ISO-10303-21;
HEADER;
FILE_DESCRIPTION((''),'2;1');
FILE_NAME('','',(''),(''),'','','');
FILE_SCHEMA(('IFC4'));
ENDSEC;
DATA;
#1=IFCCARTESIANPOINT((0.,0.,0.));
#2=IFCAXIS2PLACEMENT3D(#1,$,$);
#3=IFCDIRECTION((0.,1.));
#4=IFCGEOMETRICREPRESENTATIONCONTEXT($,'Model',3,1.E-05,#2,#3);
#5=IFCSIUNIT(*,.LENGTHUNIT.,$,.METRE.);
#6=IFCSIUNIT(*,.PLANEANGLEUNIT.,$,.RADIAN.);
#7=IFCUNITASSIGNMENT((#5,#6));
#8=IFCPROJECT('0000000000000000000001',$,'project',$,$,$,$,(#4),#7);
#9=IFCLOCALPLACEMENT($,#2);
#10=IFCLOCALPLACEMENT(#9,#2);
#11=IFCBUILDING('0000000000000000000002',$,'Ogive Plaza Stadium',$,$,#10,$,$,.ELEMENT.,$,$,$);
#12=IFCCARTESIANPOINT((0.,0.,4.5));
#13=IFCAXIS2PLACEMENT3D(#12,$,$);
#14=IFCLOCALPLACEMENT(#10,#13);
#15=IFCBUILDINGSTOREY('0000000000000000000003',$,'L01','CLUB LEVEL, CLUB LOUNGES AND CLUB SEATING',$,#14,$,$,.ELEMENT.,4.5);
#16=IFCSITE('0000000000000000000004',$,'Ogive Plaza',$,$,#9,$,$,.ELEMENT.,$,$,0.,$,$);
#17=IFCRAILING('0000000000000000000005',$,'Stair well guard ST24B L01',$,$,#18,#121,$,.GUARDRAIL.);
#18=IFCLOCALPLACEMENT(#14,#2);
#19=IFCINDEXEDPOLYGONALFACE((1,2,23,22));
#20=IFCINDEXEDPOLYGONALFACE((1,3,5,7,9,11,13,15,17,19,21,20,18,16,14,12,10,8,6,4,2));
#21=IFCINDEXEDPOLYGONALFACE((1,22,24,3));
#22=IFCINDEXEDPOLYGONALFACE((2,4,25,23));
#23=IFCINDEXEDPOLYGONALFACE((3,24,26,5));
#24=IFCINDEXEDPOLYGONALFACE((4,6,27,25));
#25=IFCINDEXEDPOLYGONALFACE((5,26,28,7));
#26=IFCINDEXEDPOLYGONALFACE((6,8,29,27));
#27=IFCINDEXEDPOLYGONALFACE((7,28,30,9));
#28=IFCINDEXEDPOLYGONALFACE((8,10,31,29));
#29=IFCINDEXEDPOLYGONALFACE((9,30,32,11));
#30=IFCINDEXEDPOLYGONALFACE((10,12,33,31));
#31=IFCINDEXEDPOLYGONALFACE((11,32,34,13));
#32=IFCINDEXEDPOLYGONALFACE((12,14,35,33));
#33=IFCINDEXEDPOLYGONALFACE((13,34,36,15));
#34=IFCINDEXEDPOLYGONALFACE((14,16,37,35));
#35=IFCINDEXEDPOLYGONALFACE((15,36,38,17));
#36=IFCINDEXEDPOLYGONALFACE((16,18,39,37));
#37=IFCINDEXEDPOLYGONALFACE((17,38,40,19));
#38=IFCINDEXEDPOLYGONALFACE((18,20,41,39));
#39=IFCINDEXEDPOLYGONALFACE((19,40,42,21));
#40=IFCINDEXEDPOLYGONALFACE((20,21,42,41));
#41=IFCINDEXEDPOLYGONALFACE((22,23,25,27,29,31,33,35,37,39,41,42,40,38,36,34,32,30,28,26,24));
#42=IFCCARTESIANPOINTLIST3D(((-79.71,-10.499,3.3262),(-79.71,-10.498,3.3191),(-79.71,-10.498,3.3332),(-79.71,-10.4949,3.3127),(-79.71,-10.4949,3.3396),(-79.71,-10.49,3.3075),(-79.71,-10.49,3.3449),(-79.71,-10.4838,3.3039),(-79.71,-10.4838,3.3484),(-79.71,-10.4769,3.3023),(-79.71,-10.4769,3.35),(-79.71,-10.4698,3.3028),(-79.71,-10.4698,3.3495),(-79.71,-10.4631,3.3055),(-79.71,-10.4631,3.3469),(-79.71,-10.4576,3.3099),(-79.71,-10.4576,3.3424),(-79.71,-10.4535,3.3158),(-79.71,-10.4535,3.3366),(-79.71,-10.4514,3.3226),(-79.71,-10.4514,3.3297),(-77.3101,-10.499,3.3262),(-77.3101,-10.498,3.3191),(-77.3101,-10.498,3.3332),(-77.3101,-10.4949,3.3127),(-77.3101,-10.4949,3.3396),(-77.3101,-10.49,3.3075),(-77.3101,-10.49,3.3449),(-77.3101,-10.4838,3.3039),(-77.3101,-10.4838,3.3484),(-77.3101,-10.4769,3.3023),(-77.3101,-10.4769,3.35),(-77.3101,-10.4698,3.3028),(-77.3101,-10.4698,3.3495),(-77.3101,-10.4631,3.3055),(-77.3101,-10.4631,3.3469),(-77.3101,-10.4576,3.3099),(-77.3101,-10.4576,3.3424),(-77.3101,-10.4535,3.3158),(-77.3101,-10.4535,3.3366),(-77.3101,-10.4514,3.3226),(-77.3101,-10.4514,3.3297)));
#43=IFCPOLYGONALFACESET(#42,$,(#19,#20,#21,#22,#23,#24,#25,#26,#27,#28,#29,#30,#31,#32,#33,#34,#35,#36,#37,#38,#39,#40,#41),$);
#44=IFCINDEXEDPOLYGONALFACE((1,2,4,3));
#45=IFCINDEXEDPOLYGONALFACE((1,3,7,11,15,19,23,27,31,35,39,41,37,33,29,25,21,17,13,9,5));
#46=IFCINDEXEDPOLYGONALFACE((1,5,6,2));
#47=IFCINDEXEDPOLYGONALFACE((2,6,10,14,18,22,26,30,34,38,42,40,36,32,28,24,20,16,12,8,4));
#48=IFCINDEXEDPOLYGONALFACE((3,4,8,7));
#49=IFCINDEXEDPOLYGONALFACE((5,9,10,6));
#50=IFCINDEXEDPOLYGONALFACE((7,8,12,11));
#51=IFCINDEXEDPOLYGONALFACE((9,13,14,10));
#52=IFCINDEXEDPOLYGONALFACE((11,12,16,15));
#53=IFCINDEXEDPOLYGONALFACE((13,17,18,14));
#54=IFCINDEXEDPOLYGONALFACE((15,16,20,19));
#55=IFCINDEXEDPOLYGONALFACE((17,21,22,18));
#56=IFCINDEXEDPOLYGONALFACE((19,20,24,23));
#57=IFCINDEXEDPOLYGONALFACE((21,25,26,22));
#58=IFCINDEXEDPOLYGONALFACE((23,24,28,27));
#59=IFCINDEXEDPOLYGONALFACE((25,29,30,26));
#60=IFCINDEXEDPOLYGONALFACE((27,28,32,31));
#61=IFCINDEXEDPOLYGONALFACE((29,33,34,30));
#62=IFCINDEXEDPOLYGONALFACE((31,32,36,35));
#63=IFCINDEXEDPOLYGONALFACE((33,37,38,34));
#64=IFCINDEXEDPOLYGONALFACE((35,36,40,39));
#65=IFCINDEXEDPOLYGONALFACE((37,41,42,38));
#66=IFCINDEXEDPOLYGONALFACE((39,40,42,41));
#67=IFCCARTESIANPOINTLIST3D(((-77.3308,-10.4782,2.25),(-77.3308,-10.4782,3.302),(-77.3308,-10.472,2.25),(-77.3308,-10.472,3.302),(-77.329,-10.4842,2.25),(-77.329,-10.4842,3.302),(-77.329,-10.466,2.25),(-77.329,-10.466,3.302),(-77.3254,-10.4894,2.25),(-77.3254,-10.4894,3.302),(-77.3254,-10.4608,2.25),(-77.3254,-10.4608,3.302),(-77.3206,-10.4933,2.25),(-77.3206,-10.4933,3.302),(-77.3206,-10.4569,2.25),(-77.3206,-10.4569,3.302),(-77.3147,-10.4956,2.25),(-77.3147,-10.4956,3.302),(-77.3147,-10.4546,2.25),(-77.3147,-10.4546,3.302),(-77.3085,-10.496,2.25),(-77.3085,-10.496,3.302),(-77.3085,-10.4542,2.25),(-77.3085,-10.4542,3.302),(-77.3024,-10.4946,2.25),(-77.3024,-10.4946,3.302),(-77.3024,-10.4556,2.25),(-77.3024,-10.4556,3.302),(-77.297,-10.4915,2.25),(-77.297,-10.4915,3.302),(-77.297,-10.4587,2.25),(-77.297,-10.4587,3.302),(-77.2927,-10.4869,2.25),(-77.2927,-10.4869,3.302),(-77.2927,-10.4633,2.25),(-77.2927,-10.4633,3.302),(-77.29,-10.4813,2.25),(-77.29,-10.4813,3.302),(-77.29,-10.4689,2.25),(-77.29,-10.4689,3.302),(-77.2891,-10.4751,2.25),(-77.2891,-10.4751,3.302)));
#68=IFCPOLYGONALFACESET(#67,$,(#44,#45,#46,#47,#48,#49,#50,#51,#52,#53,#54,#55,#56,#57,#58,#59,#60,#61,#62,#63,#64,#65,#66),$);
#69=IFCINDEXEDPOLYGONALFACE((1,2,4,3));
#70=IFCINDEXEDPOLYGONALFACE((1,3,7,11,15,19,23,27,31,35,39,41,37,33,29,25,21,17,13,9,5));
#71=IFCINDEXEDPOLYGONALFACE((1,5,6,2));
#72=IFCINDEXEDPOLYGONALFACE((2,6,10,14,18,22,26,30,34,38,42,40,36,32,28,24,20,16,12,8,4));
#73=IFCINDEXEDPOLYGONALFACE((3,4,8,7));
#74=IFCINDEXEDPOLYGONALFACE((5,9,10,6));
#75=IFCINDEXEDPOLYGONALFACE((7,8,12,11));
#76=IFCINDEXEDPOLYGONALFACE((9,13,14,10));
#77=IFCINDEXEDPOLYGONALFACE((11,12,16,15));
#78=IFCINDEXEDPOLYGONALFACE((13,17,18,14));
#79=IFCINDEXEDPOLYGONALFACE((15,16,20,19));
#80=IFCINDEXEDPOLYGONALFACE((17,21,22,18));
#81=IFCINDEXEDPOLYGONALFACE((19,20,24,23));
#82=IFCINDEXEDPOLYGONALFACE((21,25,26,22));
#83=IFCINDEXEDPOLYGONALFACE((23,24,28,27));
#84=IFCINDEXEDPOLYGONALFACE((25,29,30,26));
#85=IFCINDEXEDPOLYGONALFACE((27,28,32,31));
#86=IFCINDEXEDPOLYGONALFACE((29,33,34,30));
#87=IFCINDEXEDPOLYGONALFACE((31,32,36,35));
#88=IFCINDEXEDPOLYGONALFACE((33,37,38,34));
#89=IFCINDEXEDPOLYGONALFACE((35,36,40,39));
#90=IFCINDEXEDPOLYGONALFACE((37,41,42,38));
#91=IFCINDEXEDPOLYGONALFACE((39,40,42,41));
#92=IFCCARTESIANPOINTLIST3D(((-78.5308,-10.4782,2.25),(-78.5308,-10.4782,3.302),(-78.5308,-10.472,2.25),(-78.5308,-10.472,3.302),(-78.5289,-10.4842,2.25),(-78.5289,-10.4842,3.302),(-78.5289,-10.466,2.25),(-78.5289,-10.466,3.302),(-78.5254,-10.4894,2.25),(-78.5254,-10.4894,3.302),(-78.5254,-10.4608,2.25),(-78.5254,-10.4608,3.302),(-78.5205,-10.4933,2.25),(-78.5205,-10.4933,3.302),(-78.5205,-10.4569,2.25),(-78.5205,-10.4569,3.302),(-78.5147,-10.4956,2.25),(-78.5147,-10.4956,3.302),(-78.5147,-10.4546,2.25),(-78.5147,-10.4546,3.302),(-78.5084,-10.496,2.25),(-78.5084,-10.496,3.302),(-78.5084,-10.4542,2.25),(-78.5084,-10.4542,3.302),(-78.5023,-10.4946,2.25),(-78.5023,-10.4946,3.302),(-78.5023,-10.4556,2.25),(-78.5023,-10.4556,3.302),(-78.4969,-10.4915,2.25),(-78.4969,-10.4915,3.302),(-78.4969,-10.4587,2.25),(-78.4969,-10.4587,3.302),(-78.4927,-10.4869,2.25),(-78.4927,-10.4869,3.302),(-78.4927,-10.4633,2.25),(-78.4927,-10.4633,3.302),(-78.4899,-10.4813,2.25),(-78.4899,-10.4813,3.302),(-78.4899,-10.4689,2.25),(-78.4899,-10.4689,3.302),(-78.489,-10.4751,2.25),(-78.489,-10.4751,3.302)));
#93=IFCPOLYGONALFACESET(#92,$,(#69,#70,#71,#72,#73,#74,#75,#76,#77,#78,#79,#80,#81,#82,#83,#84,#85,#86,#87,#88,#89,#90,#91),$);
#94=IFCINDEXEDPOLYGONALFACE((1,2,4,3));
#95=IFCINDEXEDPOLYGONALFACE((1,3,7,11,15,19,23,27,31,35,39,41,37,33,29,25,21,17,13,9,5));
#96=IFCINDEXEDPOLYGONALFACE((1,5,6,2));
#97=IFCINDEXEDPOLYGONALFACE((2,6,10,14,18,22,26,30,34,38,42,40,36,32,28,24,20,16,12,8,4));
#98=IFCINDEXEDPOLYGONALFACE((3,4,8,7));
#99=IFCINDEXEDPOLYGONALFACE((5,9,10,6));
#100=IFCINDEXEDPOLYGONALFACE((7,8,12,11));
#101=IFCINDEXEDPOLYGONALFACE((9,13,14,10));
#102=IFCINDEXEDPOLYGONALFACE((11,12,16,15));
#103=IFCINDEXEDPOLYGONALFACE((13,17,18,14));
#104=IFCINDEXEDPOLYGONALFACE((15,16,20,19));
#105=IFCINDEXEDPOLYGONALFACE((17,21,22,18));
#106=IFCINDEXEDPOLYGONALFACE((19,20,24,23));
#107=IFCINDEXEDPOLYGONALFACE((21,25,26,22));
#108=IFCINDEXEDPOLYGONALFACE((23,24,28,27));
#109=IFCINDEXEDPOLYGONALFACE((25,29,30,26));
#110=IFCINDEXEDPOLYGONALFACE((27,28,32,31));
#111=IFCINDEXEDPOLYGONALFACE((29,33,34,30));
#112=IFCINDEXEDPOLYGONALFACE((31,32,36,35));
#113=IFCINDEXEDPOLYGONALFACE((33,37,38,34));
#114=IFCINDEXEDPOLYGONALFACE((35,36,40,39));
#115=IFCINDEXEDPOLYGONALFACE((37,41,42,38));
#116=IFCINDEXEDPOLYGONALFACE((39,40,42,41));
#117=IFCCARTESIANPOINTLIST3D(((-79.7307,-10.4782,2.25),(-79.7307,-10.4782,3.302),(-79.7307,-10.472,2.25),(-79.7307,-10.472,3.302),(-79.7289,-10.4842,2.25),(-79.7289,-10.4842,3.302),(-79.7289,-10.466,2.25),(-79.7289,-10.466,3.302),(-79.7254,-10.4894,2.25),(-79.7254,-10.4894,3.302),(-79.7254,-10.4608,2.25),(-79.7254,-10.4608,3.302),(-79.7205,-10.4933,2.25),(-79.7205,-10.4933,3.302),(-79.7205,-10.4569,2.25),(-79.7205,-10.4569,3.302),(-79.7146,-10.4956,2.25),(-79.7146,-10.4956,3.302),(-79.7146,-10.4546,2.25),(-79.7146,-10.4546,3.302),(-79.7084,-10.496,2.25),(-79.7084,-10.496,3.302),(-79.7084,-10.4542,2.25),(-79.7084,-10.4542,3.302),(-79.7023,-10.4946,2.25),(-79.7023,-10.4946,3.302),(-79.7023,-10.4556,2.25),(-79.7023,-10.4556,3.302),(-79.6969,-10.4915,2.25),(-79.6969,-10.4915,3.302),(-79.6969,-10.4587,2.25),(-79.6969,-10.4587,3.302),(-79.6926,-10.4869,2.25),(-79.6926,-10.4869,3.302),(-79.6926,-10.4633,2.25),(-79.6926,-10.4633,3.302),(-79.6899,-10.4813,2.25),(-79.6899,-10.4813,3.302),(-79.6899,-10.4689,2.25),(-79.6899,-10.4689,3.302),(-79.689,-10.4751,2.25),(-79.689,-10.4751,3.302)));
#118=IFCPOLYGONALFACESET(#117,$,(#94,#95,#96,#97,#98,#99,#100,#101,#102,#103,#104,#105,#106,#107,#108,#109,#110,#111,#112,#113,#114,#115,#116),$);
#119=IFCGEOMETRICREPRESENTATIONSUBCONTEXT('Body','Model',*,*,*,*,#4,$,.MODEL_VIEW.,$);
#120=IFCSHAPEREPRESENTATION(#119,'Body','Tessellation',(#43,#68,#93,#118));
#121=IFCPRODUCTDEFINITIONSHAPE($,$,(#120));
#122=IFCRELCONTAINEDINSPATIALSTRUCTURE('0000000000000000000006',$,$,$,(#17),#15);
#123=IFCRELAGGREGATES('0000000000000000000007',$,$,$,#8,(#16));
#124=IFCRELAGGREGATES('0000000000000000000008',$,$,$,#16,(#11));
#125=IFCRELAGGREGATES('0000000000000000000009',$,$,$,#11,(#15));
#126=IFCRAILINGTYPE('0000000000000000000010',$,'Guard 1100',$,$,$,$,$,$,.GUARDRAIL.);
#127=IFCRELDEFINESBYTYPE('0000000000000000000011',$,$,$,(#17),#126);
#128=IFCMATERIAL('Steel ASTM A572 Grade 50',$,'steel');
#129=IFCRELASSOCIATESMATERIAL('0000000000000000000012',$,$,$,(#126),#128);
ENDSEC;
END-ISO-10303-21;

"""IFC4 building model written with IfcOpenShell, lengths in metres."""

from ifc_helpers import new_model, si_unit, direction, frame, origin, origin_2d, place, context, subcontext, project, spatial, circle, extrude, material, type_object, element, save


model = new_model("IFC4")

# Units and contexts
model_context = context("Model", 3, precision=1e-05, world=origin(), true_north=direction((0.0, 1.0)))
body_context = subcontext(model_context, "Body", "Model", "MODEL_VIEW")
ifc_project = project(units=[si_unit("LENGTHUNIT", "METRE"), si_unit("PLANEANGLEUNIT", "RADIAN")], contexts=[model_context])

# Site, building, storey
site_placement = place(None, origin())
site = spatial("IfcSite", under=ifc_project, at=site_placement, Name="Ogive Plaza", CompositionType="ELEMENT", RefElevation=0.0)
building_placement = place(site_placement, origin())
building = spatial("IfcBuilding", under=site, at=building_placement, Name="Ogive Plaza Stadium", CompositionType="ELEMENT")
storey_placement = place(building_placement, frame((0.0, 0.0, 4.5)))
storey = spatial("IfcBuildingStorey", under=building, at=storey_placement, Name="L01", Description="CLUB LEVEL, CLUB LOUNGES AND CLUB SEATING", CompositionType="ELEMENT", Elevation=4.5)

# Railing
ifc_material_1 = material(Name="Steel ASTM A572 Grade 50", Category="steel")
railing_type_1 = type_object("IfcRailingType", Name="Guard 1100", PredefinedType="GUARDRAIL", material=ifc_material_1)
for number, where, name in (
    (1, (-77.3101, -10.4751, 2.25), "Stair well guard ST24B L01"),
):
    element("IfcRailing", number, at=place(storey_placement, frame(where)), inside=storey, type_object=railing_type_1, Name=name, PredefinedType="GUARDRAIL", context=body_context, shape_type="SweptSolid", body=[
        extrude(circle(Radius=0.0239, at=origin_2d()), frame((0.0, 0.0, 1.0762), z_axis=(-1.0, 0.0, 0.0), x_axis=(0.0, -1.0, 0.0)), (0.0, 0.0, 1.0), 2.3999),
        extrude(circle(Radius=0.021, at=origin_2d()), origin(), (0.0, 0.0, 1.0), 1.052),
        extrude(circle(Radius=0.021, at=origin_2d()), frame((-1.2, 0.0, 0.0)), (0.0, 0.0, 1.0), 1.052),
        extrude(circle(Radius=0.021, at=origin_2d()), frame((-2.3999, 0.0, 0.0)), (0.0, 0.0, 1.0), 1.052),
    ])

save(model, "model.ifc")
